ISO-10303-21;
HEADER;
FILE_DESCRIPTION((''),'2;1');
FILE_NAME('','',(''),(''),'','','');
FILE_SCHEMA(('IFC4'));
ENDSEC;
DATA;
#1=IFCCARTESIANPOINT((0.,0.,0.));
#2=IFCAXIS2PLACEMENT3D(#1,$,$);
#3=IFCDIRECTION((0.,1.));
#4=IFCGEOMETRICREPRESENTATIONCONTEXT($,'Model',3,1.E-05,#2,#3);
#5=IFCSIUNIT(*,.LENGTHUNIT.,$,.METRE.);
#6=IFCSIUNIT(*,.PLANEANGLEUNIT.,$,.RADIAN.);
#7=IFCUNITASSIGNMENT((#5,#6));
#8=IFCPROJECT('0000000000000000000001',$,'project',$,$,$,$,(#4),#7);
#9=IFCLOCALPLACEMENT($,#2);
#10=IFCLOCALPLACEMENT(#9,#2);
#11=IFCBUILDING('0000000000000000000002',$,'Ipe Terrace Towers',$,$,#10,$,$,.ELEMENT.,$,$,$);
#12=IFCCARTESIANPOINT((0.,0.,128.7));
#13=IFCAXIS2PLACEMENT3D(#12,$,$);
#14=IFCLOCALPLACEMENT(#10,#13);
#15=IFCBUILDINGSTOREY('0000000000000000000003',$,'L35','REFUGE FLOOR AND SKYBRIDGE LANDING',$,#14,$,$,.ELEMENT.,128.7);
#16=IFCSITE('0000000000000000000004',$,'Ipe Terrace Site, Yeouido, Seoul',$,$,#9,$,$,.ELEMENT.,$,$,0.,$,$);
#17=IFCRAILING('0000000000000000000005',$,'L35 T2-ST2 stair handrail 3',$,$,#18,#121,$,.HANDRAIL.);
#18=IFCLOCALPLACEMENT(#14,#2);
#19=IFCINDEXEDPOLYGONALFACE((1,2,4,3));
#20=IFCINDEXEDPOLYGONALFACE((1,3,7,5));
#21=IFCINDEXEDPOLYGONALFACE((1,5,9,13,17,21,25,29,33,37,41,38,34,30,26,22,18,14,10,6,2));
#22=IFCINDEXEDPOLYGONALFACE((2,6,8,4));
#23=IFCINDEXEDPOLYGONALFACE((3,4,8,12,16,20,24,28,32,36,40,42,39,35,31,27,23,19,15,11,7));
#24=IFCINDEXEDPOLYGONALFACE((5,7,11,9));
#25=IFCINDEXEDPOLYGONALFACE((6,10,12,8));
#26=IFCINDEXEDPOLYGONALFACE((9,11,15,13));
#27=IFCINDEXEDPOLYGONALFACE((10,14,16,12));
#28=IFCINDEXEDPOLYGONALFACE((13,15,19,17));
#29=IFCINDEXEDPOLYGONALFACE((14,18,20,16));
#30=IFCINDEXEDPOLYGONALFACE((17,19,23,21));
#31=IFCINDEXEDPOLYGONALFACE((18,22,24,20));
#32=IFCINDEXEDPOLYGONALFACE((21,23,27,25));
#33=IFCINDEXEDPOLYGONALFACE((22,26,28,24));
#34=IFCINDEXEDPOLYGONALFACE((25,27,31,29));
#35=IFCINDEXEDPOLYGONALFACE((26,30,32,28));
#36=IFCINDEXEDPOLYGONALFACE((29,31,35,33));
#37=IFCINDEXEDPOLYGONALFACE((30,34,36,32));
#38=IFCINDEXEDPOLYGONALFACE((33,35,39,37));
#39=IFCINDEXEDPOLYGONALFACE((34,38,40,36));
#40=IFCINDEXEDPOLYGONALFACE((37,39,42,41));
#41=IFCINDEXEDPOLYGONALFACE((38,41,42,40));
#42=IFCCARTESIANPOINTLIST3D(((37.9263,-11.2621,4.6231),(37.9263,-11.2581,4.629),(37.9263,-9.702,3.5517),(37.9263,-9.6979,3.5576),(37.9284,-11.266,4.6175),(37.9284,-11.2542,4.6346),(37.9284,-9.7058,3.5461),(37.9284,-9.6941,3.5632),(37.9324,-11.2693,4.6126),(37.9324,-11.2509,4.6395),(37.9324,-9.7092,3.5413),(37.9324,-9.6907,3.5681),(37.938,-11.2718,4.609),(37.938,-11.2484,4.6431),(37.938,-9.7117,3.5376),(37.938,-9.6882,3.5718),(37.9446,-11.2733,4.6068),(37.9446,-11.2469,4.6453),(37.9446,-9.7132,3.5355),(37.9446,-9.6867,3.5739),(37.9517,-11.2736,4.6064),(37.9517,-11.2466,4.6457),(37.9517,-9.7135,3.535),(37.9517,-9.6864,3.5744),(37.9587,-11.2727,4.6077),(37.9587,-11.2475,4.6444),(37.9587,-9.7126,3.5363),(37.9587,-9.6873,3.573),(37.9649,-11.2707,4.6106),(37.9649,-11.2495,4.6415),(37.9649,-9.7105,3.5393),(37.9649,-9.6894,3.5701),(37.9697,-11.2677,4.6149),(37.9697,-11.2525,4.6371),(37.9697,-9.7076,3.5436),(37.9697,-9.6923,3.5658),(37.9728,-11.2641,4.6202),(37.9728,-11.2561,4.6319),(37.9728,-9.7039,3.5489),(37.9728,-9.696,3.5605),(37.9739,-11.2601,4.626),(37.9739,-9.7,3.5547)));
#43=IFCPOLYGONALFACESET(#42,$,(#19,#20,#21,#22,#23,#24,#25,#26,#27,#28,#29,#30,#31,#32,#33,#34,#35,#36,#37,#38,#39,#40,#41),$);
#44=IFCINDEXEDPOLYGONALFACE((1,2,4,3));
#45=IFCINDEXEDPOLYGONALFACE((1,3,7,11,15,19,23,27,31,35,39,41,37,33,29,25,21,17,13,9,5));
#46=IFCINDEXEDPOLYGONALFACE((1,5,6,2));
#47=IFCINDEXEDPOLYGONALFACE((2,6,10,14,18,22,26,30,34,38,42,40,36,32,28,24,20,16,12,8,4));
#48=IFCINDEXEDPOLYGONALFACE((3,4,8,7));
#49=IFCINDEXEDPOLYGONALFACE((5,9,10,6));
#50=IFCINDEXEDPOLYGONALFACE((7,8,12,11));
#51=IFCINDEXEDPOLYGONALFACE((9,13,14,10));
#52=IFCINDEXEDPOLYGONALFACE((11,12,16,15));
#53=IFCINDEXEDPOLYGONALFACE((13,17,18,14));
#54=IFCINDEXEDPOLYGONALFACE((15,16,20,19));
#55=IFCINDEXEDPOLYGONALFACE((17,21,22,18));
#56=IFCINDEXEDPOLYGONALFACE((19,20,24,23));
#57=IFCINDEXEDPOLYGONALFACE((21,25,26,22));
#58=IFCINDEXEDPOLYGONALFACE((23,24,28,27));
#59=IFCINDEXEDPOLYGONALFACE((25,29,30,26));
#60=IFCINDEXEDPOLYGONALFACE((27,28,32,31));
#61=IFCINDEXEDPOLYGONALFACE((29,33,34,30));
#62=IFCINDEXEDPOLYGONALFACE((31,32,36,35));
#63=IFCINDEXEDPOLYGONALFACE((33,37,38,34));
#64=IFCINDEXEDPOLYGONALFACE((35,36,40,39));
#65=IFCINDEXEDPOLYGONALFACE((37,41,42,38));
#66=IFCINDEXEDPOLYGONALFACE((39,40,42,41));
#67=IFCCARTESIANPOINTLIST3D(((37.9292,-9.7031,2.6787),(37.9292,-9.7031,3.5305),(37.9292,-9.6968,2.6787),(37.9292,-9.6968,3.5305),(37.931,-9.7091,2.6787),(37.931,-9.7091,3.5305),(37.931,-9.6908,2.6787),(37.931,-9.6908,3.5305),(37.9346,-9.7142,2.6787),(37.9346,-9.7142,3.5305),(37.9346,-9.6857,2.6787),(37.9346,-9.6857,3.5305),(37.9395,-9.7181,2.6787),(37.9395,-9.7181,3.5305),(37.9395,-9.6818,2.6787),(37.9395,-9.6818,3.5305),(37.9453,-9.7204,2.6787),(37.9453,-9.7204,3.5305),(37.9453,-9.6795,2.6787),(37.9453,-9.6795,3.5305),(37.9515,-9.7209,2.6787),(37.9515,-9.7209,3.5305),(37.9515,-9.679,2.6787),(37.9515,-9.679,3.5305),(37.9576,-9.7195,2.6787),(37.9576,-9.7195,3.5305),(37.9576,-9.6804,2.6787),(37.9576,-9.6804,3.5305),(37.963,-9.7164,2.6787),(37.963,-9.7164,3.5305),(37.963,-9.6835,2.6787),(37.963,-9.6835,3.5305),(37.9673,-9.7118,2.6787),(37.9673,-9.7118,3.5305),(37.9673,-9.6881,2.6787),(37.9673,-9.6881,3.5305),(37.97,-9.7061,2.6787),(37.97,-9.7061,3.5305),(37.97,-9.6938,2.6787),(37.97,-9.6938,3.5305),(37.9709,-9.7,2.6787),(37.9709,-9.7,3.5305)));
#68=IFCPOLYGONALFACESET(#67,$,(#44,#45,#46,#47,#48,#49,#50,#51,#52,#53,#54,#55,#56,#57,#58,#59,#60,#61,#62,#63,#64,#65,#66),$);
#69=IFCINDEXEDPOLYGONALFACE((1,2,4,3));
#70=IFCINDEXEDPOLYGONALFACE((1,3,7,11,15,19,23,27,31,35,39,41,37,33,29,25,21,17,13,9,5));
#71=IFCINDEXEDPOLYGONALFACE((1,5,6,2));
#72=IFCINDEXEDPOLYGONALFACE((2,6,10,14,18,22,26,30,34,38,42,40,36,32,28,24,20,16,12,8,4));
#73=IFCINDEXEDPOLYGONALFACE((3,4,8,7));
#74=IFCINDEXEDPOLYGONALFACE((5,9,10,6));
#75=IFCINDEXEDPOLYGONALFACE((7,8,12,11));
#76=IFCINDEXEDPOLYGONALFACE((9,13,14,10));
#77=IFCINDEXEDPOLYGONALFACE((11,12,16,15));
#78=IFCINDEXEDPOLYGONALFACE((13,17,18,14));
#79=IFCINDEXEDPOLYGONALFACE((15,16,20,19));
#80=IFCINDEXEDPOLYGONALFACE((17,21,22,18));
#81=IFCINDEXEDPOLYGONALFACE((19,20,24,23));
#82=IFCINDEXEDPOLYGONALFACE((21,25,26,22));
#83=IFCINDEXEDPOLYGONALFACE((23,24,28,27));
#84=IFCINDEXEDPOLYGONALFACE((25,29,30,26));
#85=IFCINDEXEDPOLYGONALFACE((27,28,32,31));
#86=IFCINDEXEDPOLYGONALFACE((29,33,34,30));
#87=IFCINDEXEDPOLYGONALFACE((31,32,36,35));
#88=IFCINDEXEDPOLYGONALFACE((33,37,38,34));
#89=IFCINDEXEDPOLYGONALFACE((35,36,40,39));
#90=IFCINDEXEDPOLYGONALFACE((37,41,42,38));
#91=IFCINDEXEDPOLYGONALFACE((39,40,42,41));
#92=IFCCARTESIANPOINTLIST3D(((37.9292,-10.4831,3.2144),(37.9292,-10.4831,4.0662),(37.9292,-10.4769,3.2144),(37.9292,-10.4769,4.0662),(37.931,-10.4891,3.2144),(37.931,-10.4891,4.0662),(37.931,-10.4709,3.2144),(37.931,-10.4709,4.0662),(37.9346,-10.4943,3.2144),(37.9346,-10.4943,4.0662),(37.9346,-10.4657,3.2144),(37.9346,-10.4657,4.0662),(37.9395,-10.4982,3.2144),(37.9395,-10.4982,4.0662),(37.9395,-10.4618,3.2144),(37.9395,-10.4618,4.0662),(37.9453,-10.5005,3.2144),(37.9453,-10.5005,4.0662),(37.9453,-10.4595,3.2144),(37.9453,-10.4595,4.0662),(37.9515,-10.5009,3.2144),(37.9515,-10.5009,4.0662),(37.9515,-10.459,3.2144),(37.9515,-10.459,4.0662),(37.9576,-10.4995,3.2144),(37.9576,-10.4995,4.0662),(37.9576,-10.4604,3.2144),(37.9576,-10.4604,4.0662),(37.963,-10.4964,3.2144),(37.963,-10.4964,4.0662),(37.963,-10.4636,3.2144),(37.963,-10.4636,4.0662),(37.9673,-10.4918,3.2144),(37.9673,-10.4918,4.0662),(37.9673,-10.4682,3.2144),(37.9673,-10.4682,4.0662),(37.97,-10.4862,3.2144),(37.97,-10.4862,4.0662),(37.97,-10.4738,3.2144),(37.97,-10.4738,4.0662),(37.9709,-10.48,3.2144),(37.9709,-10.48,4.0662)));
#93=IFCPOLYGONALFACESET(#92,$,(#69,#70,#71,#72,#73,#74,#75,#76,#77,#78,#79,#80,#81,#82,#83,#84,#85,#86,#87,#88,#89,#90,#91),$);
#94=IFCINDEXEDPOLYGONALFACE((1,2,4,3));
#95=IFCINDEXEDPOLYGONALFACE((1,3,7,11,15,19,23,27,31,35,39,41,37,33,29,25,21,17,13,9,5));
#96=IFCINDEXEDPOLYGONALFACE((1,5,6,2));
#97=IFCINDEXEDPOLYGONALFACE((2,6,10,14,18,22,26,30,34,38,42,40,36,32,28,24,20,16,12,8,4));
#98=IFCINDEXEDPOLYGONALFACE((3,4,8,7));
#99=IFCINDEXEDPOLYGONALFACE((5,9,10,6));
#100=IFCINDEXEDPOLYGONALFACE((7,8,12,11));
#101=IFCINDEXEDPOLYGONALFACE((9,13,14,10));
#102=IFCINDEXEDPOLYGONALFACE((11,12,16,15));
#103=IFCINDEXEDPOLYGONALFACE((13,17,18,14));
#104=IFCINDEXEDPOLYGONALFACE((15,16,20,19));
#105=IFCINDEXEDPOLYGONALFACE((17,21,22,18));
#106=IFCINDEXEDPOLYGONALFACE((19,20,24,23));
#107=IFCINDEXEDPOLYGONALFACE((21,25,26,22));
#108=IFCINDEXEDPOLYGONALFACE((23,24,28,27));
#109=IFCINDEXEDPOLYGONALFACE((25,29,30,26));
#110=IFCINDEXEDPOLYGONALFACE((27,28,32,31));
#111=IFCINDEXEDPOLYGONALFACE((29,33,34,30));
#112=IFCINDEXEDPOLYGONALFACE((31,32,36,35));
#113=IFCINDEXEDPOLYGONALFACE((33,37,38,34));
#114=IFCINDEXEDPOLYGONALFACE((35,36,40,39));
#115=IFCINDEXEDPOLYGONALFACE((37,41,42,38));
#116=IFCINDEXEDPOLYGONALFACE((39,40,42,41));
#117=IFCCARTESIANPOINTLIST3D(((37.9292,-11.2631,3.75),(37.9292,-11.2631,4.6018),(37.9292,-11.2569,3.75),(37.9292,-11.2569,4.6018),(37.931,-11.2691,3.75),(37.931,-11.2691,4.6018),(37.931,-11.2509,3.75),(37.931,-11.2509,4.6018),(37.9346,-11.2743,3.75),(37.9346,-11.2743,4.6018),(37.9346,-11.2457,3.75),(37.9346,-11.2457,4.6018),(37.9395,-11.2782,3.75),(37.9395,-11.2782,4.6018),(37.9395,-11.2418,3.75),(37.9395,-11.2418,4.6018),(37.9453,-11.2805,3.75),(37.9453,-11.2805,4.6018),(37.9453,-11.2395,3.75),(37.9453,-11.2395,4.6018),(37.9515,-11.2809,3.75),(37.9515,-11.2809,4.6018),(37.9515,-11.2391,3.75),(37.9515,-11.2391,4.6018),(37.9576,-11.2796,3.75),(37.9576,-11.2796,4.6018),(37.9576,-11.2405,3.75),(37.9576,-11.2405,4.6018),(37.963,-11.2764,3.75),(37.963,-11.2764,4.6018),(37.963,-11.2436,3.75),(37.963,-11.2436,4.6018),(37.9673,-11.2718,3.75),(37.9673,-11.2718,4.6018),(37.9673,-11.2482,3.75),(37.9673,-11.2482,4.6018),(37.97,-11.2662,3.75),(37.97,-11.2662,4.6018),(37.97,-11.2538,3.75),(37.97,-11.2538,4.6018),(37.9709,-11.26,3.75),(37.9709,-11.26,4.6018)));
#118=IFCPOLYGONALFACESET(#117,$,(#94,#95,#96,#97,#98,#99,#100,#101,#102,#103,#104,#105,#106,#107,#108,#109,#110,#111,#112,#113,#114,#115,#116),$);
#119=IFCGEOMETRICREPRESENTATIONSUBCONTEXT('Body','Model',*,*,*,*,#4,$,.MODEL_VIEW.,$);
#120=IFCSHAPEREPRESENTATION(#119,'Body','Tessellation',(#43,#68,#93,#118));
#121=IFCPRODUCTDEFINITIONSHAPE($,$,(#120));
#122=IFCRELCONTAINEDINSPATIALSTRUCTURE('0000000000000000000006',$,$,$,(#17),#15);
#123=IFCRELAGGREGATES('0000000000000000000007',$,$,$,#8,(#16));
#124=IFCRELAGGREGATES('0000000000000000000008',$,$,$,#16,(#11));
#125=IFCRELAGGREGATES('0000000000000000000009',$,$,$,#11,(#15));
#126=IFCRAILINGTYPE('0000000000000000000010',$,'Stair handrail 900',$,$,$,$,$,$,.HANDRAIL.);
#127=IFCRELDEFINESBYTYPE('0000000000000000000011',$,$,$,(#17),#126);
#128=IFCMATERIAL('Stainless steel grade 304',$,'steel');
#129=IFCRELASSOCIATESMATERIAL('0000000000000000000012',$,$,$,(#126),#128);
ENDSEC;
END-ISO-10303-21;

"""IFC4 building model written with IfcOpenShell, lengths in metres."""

from ifc_helpers import new_model, si_unit, direction, frame, origin, origin_2d, place, context, subcontext, project, spatial, circle, extrude, material, type_object, element, save


model = new_model("IFC4")

# Units and contexts
model_context = context("Model", 3, precision=1e-05, world=origin(), true_north=direction((0.0, 1.0)))
body_context = subcontext(model_context, "Body", "Model", "MODEL_VIEW")
ifc_project = project(units=[si_unit("LENGTHUNIT", "METRE"), si_unit("PLANEANGLEUNIT", "RADIAN")], contexts=[model_context])

# Site, building, storey
site_placement = place(None, origin())
site = spatial("IfcSite", under=ifc_project, at=site_placement, Name="Ipe Terrace Site, Yeouido, Seoul", CompositionType="ELEMENT", RefElevation=0.0)
building_placement = place(site_placement, origin())
building = spatial("IfcBuilding", under=site, at=building_placement, Name="Ipe Terrace Towers", CompositionType="ELEMENT")
storey_placement = place(building_placement, frame((0.0, 0.0, 128.7)))
storey = spatial("IfcBuildingStorey", under=building, at=storey_placement, Name="L35", Description="REFUGE FLOOR AND SKYBRIDGE LANDING", CompositionType="ELEMENT", Elevation=128.7)

# Railing
ifc_material_1 = material(Name="Stainless steel grade 304", Category="steel")
railing_type_1 = type_object("IfcRailingType", Name="Stair handrail 900", PredefinedType="HANDRAIL", material=ifc_material_1)
railing_1_placement = place(storey_placement, frame((37.95, -9.7, 2.6787)))
element("IfcRailing", 1, at=railing_1_placement, inside=storey, type_object=railing_type_1, Name="L35 T2-ST2 stair handrail 3", PredefinedType="HANDRAIL", context=body_context, shape_type="SweptSolid", body=[
    extrude(circle(Radius=0.0239, at=origin_2d()), frame((0.0, 0.0, 0.876), z_axis=(0.0, -0.82435, 0.56608), x_axis=(1.0, 0.0, 0.0)), (0.0, 0.0, 1.0), 1.8926),
    extrude(circle(Radius=0.021, at=origin_2d()), origin(), (0.0, 0.0, 1.0), 0.8518),
    extrude(circle(Radius=0.021, at=origin_2d()), frame((0.0, -0.78, 0.5356)), (0.0, 0.0, 1.0), 0.8518),
    extrude(circle(Radius=0.021, at=origin_2d()), frame((0.0, -1.5601, 1.0713)), (0.0, 0.0, 1.0), 0.8518),
])

save(model, "model.ifc")
